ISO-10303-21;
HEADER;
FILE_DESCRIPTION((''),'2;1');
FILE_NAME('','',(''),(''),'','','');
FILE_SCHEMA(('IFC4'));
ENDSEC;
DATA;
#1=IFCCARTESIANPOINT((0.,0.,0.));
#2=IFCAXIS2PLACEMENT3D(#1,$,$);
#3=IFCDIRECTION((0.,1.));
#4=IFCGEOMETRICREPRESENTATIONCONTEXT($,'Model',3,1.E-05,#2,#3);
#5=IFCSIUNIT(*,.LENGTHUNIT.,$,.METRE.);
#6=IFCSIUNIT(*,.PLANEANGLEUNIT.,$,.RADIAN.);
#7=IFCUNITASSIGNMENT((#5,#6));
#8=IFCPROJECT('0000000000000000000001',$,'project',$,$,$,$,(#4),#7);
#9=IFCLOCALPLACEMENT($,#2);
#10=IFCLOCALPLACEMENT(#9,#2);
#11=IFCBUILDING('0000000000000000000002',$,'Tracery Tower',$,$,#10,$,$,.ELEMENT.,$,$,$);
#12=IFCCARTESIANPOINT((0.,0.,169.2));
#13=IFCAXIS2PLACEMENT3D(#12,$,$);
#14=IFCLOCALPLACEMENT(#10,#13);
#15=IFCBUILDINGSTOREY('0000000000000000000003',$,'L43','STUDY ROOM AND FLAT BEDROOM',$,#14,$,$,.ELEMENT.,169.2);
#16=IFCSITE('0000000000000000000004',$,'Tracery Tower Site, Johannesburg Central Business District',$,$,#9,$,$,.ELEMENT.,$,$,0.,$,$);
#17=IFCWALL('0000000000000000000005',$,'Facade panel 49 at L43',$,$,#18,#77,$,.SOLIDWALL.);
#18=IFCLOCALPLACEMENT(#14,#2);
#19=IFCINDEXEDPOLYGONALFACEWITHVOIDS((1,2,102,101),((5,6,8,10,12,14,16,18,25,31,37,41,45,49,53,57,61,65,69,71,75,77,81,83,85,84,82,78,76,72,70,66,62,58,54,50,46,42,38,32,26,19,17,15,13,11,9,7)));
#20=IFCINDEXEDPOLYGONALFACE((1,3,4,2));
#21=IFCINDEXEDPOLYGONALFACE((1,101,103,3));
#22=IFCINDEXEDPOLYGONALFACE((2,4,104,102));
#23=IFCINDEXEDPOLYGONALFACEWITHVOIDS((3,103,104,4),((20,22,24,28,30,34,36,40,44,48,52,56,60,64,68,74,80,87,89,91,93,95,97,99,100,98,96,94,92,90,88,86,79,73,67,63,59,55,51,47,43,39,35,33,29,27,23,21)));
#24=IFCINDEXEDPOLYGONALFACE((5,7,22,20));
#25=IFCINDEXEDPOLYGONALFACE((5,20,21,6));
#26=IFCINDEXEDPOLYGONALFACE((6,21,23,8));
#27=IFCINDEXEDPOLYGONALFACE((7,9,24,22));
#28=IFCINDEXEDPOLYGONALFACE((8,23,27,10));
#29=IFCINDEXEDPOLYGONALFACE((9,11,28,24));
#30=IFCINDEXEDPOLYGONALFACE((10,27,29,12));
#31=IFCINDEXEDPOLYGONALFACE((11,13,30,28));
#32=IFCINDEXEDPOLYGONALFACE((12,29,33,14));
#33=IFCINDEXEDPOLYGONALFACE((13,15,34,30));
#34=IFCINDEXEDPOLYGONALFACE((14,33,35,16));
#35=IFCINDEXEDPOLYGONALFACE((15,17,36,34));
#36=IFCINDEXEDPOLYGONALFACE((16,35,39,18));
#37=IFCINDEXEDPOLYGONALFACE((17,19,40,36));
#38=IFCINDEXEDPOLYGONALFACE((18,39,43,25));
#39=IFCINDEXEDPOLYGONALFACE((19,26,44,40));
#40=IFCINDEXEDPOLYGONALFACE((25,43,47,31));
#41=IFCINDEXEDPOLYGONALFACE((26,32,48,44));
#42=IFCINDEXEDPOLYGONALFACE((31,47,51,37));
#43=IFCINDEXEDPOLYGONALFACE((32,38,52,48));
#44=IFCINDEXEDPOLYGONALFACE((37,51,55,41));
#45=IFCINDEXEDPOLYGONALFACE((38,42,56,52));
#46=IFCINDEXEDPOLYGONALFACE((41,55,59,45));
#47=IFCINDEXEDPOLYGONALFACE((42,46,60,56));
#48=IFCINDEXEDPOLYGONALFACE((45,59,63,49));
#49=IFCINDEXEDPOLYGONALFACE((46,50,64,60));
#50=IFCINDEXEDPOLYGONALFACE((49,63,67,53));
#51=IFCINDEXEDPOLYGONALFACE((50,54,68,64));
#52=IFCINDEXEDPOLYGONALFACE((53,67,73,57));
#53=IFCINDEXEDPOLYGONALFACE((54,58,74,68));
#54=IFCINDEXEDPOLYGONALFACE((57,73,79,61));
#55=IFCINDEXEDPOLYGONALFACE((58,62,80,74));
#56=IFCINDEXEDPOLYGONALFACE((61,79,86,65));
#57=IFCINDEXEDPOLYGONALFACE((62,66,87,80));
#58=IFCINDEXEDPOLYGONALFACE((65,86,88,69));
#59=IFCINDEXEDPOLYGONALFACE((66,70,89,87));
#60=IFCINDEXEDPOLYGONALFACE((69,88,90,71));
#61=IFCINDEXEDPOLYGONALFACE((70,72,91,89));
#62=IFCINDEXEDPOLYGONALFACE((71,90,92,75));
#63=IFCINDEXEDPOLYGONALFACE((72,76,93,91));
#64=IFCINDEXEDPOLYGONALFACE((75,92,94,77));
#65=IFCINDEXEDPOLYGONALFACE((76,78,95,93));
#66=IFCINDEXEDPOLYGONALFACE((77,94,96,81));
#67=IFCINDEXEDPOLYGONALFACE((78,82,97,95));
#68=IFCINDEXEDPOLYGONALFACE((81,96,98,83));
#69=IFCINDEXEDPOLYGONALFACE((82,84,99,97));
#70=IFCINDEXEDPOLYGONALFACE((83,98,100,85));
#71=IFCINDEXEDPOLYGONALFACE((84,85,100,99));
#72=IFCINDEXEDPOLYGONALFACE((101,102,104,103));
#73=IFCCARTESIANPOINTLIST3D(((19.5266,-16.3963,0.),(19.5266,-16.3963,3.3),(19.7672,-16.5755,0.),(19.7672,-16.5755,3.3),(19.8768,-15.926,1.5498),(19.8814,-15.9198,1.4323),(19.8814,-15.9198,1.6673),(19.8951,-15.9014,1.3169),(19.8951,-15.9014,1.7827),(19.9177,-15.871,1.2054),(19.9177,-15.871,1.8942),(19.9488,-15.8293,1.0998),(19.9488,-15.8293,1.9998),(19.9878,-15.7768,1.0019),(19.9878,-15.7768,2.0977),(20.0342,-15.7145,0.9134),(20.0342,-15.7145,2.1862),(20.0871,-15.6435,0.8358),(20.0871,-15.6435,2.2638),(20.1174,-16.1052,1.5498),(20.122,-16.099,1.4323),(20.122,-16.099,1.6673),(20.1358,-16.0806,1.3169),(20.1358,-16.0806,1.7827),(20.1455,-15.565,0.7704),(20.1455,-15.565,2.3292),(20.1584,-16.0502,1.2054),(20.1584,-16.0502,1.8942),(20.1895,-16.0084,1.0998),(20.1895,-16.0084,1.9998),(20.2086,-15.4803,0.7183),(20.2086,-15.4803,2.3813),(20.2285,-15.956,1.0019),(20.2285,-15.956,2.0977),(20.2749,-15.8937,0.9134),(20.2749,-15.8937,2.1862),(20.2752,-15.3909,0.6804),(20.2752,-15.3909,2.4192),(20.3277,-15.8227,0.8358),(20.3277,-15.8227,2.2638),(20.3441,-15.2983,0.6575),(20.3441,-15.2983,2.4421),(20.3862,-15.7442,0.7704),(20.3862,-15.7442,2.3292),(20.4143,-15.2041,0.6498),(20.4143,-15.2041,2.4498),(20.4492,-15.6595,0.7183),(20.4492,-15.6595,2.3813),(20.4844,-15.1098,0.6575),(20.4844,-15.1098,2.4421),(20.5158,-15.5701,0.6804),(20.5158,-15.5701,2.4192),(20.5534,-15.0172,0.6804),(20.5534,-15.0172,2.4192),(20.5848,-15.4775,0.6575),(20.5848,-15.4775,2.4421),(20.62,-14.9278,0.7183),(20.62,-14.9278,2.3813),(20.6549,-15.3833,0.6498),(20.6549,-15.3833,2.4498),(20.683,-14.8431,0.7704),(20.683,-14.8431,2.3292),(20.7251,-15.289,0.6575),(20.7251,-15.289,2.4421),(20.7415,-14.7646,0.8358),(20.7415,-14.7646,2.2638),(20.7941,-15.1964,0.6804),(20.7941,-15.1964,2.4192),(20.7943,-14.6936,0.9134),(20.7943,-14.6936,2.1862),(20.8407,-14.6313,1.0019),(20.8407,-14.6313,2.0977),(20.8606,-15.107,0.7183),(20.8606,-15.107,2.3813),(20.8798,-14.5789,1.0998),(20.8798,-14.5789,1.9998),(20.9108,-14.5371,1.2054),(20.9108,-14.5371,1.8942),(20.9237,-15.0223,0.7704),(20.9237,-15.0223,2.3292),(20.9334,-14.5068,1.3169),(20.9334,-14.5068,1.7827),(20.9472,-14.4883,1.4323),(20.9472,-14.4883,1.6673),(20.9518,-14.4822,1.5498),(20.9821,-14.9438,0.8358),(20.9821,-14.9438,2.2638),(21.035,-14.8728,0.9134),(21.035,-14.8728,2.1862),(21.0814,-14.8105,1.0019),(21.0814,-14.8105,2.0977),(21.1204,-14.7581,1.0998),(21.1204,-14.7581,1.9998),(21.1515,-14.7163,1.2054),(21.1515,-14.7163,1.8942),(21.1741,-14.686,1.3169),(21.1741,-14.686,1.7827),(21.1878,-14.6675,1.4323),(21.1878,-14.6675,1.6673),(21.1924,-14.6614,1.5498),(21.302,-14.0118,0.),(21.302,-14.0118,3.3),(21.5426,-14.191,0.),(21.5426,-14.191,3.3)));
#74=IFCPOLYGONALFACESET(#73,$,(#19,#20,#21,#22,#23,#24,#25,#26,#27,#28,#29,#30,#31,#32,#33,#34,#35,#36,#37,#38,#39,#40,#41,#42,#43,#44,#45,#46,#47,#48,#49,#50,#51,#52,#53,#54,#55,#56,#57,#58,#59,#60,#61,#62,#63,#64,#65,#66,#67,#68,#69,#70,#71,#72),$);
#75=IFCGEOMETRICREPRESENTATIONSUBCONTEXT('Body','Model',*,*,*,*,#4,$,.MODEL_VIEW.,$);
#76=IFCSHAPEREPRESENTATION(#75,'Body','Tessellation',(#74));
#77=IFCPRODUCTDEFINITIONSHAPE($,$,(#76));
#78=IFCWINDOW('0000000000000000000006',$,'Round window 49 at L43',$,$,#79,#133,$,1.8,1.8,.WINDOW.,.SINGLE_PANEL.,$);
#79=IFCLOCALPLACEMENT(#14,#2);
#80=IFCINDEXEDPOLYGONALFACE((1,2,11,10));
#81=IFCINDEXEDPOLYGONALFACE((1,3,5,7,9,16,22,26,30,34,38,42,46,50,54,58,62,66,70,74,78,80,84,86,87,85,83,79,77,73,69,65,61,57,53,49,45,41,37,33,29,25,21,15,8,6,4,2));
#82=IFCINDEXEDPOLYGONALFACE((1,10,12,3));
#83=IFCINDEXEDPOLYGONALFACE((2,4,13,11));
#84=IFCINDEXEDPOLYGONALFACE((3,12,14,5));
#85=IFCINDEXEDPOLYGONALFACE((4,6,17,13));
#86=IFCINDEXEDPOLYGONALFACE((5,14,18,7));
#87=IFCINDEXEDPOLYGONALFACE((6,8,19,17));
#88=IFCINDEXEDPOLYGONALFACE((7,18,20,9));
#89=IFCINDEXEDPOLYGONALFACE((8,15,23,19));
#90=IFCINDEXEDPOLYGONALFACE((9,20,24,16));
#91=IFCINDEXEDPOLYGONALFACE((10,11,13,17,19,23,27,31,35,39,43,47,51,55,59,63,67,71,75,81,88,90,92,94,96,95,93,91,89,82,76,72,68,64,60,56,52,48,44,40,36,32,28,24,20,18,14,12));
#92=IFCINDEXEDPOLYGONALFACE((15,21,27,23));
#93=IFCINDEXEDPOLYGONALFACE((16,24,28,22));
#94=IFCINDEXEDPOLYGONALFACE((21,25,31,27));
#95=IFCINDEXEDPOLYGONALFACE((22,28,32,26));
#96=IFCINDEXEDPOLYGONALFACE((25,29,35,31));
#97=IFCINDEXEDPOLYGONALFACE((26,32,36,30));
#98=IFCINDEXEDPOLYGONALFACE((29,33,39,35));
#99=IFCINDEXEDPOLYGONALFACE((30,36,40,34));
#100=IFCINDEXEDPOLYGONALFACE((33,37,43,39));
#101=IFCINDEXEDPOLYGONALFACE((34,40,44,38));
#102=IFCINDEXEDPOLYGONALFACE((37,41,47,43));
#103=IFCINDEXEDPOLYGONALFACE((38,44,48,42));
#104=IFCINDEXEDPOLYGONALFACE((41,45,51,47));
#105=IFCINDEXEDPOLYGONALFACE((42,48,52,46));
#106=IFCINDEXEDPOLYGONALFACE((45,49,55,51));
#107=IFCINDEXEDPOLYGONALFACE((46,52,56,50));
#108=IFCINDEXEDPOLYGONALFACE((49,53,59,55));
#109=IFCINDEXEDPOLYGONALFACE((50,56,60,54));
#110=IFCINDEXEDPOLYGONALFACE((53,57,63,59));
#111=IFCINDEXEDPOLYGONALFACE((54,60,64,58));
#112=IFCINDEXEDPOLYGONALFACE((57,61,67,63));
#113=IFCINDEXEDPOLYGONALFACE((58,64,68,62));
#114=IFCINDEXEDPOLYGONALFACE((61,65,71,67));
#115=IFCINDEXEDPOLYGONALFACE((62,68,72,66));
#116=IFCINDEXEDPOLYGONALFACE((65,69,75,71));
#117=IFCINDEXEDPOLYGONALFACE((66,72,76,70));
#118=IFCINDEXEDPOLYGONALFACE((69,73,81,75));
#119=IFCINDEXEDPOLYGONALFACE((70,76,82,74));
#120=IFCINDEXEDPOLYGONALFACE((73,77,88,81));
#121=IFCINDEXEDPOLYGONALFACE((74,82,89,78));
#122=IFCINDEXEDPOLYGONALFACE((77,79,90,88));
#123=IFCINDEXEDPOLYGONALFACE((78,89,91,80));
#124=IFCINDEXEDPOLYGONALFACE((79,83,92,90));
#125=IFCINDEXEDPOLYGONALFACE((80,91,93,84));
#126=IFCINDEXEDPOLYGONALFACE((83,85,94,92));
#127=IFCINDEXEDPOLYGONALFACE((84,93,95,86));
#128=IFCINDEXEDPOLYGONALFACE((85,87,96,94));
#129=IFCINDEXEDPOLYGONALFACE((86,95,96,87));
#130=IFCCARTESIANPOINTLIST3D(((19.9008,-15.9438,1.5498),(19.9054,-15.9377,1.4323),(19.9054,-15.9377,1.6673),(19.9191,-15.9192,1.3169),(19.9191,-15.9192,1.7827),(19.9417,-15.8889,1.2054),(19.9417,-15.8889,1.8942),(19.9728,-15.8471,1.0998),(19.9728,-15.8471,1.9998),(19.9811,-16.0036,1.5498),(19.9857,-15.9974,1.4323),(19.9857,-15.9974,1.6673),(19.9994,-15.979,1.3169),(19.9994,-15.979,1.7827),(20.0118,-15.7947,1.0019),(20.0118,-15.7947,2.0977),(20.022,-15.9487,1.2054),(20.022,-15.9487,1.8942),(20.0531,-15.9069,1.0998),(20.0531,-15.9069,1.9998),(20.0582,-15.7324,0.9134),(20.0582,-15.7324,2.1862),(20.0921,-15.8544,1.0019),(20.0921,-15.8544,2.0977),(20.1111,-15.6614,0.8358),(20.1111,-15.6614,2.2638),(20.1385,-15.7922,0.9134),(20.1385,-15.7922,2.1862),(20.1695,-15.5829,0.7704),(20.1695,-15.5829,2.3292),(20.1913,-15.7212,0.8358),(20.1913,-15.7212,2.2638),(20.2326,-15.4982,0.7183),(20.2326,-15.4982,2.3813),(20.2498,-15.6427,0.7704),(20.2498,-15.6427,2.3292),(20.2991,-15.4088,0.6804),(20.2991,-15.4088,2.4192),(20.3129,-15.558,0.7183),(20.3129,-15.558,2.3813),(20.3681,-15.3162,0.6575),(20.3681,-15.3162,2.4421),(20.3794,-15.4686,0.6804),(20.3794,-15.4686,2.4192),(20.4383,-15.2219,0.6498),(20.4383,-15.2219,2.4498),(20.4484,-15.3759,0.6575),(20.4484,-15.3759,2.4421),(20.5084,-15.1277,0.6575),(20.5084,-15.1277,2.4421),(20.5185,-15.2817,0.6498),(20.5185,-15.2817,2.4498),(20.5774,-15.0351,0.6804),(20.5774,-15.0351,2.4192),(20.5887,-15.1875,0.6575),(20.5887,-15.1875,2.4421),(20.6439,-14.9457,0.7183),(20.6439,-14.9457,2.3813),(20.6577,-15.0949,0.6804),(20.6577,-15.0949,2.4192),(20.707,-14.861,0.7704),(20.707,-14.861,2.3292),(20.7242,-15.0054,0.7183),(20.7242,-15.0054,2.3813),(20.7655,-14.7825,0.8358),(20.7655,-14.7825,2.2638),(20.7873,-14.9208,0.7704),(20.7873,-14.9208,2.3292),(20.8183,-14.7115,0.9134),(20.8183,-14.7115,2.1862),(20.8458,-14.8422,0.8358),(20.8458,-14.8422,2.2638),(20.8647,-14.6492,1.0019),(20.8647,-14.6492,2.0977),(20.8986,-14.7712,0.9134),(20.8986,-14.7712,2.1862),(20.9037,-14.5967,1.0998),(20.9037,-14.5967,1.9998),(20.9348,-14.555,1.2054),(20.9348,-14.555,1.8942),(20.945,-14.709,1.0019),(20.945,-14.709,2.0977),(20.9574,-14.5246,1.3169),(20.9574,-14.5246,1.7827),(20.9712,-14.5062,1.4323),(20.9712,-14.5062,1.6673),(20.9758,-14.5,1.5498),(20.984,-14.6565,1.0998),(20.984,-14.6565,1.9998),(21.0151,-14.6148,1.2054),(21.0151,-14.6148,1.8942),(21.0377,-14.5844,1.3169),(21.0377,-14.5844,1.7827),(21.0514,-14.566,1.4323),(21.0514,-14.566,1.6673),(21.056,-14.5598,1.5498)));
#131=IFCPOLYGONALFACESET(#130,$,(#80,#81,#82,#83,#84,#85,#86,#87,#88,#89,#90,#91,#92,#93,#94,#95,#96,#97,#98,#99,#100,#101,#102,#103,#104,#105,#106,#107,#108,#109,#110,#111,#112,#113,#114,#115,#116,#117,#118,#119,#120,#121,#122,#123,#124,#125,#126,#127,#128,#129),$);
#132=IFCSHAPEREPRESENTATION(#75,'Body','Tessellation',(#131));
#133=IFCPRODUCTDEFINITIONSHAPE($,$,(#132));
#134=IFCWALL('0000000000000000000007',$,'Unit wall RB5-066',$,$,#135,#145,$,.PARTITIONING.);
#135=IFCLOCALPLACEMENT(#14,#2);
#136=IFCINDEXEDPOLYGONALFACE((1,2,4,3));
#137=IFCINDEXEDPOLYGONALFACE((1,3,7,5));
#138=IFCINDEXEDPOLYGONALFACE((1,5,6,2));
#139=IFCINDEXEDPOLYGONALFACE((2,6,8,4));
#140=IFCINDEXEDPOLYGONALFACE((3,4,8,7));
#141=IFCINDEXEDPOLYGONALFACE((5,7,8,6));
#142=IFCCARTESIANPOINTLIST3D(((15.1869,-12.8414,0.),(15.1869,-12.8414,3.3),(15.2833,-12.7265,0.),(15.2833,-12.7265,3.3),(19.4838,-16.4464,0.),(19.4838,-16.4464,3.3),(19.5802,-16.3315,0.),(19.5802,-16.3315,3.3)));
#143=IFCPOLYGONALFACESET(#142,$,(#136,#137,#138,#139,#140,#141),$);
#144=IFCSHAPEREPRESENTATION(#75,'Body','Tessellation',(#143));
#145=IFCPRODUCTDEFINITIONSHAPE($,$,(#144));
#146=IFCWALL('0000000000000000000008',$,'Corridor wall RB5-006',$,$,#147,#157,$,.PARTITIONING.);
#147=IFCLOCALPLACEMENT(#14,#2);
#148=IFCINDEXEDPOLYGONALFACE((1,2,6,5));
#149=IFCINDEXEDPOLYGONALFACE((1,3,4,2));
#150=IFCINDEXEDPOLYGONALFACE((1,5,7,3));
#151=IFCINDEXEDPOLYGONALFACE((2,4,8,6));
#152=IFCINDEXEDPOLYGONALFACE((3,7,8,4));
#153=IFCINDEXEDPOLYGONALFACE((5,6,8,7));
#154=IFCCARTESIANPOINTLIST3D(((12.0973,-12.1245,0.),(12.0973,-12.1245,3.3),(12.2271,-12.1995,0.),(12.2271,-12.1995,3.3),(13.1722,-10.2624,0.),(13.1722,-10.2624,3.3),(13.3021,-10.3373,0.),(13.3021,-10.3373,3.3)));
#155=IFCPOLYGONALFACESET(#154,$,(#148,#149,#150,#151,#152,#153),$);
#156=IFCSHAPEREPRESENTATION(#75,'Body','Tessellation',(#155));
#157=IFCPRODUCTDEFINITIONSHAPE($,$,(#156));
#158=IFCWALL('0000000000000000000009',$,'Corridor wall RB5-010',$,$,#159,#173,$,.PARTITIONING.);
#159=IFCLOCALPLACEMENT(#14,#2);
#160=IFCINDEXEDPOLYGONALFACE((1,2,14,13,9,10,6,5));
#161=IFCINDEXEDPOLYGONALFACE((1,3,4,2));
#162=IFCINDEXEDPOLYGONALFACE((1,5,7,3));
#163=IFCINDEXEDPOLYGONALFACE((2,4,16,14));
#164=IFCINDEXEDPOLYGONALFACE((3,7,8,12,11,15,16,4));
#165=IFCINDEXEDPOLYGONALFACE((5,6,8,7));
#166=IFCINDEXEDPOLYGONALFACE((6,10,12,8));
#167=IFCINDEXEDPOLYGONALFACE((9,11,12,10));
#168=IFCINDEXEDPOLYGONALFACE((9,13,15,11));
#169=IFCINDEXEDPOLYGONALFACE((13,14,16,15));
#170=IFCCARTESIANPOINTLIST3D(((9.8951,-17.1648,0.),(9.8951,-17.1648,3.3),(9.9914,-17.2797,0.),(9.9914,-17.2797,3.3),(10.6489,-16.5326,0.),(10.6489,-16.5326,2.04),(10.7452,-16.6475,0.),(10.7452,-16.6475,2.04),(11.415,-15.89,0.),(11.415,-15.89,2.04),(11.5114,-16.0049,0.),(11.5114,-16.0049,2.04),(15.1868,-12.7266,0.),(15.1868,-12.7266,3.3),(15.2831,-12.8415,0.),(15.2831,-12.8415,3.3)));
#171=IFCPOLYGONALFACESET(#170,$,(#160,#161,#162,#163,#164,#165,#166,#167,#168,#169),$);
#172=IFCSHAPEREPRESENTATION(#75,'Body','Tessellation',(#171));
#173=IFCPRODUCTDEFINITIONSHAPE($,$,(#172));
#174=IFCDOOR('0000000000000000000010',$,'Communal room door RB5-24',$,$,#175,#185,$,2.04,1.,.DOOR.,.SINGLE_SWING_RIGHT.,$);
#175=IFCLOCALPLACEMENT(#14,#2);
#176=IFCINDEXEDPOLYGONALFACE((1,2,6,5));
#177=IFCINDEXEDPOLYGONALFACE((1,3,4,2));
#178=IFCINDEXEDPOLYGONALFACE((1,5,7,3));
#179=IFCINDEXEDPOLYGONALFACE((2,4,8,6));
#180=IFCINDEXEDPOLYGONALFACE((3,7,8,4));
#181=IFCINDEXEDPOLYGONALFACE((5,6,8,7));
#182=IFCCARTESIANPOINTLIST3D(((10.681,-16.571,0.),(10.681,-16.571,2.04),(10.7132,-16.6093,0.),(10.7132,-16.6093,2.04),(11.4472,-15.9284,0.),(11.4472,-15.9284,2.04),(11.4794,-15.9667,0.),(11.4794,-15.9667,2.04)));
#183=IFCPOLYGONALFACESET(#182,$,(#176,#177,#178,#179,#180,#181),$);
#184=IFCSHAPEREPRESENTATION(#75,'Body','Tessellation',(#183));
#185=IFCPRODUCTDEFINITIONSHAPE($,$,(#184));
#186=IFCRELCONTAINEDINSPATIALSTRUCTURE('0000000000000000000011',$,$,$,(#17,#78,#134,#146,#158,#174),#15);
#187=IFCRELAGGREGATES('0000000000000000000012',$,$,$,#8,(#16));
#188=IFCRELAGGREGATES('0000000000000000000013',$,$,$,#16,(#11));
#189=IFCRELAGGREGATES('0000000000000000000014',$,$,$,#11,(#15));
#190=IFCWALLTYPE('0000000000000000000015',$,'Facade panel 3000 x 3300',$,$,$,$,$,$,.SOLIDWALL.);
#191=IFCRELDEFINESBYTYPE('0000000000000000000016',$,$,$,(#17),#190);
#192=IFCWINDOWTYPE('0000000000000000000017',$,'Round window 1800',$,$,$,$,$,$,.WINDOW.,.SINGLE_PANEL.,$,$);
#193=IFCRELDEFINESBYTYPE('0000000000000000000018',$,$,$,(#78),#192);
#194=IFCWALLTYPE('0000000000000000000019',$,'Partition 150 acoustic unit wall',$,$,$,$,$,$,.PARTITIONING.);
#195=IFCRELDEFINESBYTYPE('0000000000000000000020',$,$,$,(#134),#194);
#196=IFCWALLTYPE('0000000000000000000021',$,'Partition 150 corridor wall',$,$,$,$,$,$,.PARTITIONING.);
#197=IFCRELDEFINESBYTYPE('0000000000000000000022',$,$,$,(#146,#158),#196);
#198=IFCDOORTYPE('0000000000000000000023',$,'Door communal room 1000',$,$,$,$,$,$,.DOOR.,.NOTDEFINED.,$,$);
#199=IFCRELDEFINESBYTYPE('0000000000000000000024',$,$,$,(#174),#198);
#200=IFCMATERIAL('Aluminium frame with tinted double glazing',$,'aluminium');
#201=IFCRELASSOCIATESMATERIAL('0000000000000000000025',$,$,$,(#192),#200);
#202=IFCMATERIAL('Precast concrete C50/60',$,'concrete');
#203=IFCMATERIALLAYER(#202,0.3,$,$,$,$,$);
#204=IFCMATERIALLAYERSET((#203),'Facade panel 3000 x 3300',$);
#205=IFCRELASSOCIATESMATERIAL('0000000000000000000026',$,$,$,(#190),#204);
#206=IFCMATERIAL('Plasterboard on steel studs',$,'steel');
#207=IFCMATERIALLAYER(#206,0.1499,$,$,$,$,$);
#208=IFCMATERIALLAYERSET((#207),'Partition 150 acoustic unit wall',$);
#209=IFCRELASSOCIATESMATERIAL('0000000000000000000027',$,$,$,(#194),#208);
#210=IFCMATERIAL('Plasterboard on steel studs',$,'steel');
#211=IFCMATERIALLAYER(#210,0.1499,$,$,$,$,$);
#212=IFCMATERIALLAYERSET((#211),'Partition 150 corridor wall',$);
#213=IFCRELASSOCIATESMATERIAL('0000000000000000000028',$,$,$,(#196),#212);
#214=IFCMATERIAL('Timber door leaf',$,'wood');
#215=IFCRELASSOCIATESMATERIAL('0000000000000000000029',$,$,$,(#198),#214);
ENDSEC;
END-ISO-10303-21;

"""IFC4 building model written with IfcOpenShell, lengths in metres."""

from ifc_helpers import new_model, si_unit, direction, frame, frame_2d, origin, origin_2d, place, context, subcontext, project, spatial, rectangle, circle, extrude, material, layer, layer_set, type_object, element, fill, save


model = new_model("IFC4")

# Units and contexts
model_context = context("Model", 3, precision=1e-05, world=origin(), true_north=direction((0.0, 1.0)))
body_context = subcontext(model_context, "Body", "Model", "MODEL_VIEW")
ifc_project = project(units=[si_unit("LENGTHUNIT", "METRE"), si_unit("PLANEANGLEUNIT", "RADIAN")], contexts=[model_context])

# Site, building, storey
site_placement = place(None, origin())
site = spatial("IfcSite", under=ifc_project, at=site_placement, Name="Tracery Tower Site, Johannesburg Central Business District", CompositionType="ELEMENT", RefElevation=0.0)
building_placement = place(site_placement, origin())
building = spatial("IfcBuilding", under=site, at=building_placement, Name="Tracery Tower", CompositionType="ELEMENT")
storey_placement = place(building_placement, frame((0.0, 0.0, 169.2)))
storey = spatial("IfcBuildingStorey", under=building, at=storey_placement, Name="L43", Description="STUDY ROOM AND FLAT BEDROOM", CompositionType="ELEMENT", Elevation=169.2)

# Wall, opening, window
ifc_material_1 = material(Name="Aluminium frame with tinted double glazing", Category="aluminium")
window_type = type_object("IfcWindowType", Name="Round window 1800", PartitioningType="SINGLE_PANEL", PredefinedType="WINDOW", material=ifc_material_1)
ifc_material_2 = material(Name="Precast concrete C50/60", Category="concrete")
ifc_layer_1 = layer(ifc_material_2, 0.3)
ifc_layer_set_1 = layer_set([ifc_layer_1], Name="Facade panel 3000 x 3300")
wall_type_1 = type_object("IfcWallType", Name="Facade panel 3000 x 3300", PredefinedType="SOLIDWALL", material=ifc_layer_set_1)
wall_1_placement = place(storey_placement, frame((19.647, -16.4858, 0.0), z_axis=(0.0, 0.0, 1.0), x_axis=(0.597198, 0.802094, 0.0)))
wall_1 = element("IfcWall", 1, at=wall_1_placement, inside=storey, type_object=wall_type_1, Name="Facade panel 49 at L43", PredefinedType="SOLIDWALL", context=body_context, shape_type="SweptSolid", body=[
    extrude(rectangle(XDim=2.9729, YDim=0.3, at=frame_2d((1.4863, 0.0))), origin(), (0.0, 0.0, 1.0), 3.3),
])
opening_1_placement = place(wall_1_placement, frame((1.4863, 0.0, 1.5498)))
opening_1 = element("IfcOpeningElement", 2, at=opening_1_placement, cuts=wall_1, PredefinedType="OPENING", context=body_context, shape_type="SweptSolid", body=[
    extrude(circle(Radius=0.9, at=origin_2d()), frame((0.0, 0.1599, 0.0), z_axis=(0.0, -1.0, 0.0), x_axis=(1.0, 0.0, 0.0)), (0.0, 0.0, 1.0), 0.3201),
])
window_1_placement = place(opening_1_placement, origin())
window_1 = element("IfcWindow", 3, at=window_1_placement, inside=storey, type_object=window_type, Name="Round window 49 at L43", OverallHeight=1.8, OverallWidth=1.8, PartitioningType="SINGLE_PANEL", PredefinedType="WINDOW", context=body_context, shape_type="SweptSolid", body=[
    extrude(circle(Radius=0.9, at=origin_2d()), frame((0.0, 0.1201, 0.0), z_axis=(0.0, -1.0, 0.0), x_axis=(1.0, 0.0, 0.0)), (0.0, 0.0, 1.0), 0.1001),
])
fill(opening_1, window_1)

# Walls
ifc_material_3 = material(Name="Plasterboard on steel studs", Category="steel")
ifc_layer_2 = layer(ifc_material_3, 0.1499)
ifc_layer_set_2 = layer_set([ifc_layer_2], Name="Partition 150 acoustic unit wall")
wall_type_2 = type_object("IfcWallType", Name="Partition 150 acoustic unit wall", PredefinedType="PARTITIONING", material=ifc_layer_set_2)
wall_2_placement = place(storey_placement, frame((15.2351, -12.7839, 0.0), z_axis=(0.0, 0.0, 1.0), x_axis=(0.766091, -0.642733, 0.0)))
element("IfcWall", 4, at=wall_2_placement, inside=storey, type_object=wall_type_2, Name="Unit wall RB5-066", PredefinedType="PARTITIONING", context=body_context, shape_type="SweptSolid", body=[
    extrude(rectangle(XDim=5.6089, YDim=0.1499, at=frame_2d((2.8044, 0.0))), origin(), (0.0, 0.0, 1.0), 3.3),
])
ifc_material_4 = material(Name="Plasterboard on steel studs", Category="steel")
ifc_layer_3 = layer(ifc_material_4, 0.1499)
ifc_layer_set_3 = layer_set([ifc_layer_3], Name="Partition 150 corridor wall")
wall_type_3 = type_object("IfcWallType", Name="Partition 150 corridor wall", PredefinedType="PARTITIONING", material=ifc_layer_set_3)
wall_3_placement = place(storey_placement, frame((12.1621, -12.1621, 0.0), z_axis=(0.0, 0.0, 1.0), x_axis=(0.499962, 0.866048, 0.0)))
element("IfcWall", 5, at=wall_3_placement, inside=storey, type_object=wall_type_3, Name="Corridor wall RB5-006", PredefinedType="PARTITIONING", context=body_context, shape_type="SweptSolid", body=[
    extrude(rectangle(XDim=2.1501, YDim=0.1499, at=frame_2d((1.0752, 0.0))), origin(), (0.0, 0.0, 1.0), 3.3),
])

# Wall, opening, door
wall_4_placement = place(storey_placement, frame((9.9434, -17.2222, 0.0), z_axis=(0.0, 0.0, 1.0), x_axis=(0.766192, 0.642612, 0.0)))
wall_4 = element("IfcWall", 6, at=wall_4_placement, inside=storey, type_object=wall_type_3, Name="Corridor wall RB5-010", PredefinedType="PARTITIONING", context=body_context, shape_type="SweptSolid", body=[
    extrude(rectangle(XDim=6.9065, YDim=0.1499, at=frame_2d((3.4531, 0.0))), origin(), (0.0, 0.0, 1.0), 3.3),
])
opening_2_placement = place(wall_4_placement, frame((0.9836, 0.0, 0.0)))
opening_2 = element("IfcOpeningElement", 7, at=opening_2_placement, cuts=wall_4, PredefinedType="OPENING", context=body_context, shape_type="SweptSolid", body=[
    extrude(rectangle(XDim=1.0, YDim=2.04, at=frame_2d((0.5, 1.02))), frame((0.0, 0.075, 0.0), z_axis=(0.0, -1.0, 0.0), x_axis=(1.0, 0.0, 0.0)), (0.0, 0.0, 1.0), 0.1499),
])
ifc_material_5 = material(Name="Timber door leaf", Category="wood")
door_type_1 = type_object("IfcDoorType", Name="Door communal room 1000", OperationType="NOTDEFINED", PredefinedType="DOOR", material=ifc_material_5)
door_1_placement = place(opening_2_placement, origin())
door_1 = element("IfcDoor", 8, at=door_1_placement, inside=storey, type_object=door_type_1, Name="Communal room door RB5-24", OperationType="SINGLE_SWING_RIGHT", OverallHeight=2.04, OverallWidth=1.0, PredefinedType="DOOR", context=body_context, shape_type="SweptSolid", body=[
    extrude(rectangle(XDim=1.0, YDim=2.04, at=frame_2d((0.5, 1.02))), frame((0.0, 0.0249, 0.0), z_axis=(0.0, -1.0, 0.0), x_axis=(1.0, 0.0, 0.0)), (0.0, 0.0, 1.0), 0.05),
])
fill(opening_2, door_1)

save(model, "model.ifc")
